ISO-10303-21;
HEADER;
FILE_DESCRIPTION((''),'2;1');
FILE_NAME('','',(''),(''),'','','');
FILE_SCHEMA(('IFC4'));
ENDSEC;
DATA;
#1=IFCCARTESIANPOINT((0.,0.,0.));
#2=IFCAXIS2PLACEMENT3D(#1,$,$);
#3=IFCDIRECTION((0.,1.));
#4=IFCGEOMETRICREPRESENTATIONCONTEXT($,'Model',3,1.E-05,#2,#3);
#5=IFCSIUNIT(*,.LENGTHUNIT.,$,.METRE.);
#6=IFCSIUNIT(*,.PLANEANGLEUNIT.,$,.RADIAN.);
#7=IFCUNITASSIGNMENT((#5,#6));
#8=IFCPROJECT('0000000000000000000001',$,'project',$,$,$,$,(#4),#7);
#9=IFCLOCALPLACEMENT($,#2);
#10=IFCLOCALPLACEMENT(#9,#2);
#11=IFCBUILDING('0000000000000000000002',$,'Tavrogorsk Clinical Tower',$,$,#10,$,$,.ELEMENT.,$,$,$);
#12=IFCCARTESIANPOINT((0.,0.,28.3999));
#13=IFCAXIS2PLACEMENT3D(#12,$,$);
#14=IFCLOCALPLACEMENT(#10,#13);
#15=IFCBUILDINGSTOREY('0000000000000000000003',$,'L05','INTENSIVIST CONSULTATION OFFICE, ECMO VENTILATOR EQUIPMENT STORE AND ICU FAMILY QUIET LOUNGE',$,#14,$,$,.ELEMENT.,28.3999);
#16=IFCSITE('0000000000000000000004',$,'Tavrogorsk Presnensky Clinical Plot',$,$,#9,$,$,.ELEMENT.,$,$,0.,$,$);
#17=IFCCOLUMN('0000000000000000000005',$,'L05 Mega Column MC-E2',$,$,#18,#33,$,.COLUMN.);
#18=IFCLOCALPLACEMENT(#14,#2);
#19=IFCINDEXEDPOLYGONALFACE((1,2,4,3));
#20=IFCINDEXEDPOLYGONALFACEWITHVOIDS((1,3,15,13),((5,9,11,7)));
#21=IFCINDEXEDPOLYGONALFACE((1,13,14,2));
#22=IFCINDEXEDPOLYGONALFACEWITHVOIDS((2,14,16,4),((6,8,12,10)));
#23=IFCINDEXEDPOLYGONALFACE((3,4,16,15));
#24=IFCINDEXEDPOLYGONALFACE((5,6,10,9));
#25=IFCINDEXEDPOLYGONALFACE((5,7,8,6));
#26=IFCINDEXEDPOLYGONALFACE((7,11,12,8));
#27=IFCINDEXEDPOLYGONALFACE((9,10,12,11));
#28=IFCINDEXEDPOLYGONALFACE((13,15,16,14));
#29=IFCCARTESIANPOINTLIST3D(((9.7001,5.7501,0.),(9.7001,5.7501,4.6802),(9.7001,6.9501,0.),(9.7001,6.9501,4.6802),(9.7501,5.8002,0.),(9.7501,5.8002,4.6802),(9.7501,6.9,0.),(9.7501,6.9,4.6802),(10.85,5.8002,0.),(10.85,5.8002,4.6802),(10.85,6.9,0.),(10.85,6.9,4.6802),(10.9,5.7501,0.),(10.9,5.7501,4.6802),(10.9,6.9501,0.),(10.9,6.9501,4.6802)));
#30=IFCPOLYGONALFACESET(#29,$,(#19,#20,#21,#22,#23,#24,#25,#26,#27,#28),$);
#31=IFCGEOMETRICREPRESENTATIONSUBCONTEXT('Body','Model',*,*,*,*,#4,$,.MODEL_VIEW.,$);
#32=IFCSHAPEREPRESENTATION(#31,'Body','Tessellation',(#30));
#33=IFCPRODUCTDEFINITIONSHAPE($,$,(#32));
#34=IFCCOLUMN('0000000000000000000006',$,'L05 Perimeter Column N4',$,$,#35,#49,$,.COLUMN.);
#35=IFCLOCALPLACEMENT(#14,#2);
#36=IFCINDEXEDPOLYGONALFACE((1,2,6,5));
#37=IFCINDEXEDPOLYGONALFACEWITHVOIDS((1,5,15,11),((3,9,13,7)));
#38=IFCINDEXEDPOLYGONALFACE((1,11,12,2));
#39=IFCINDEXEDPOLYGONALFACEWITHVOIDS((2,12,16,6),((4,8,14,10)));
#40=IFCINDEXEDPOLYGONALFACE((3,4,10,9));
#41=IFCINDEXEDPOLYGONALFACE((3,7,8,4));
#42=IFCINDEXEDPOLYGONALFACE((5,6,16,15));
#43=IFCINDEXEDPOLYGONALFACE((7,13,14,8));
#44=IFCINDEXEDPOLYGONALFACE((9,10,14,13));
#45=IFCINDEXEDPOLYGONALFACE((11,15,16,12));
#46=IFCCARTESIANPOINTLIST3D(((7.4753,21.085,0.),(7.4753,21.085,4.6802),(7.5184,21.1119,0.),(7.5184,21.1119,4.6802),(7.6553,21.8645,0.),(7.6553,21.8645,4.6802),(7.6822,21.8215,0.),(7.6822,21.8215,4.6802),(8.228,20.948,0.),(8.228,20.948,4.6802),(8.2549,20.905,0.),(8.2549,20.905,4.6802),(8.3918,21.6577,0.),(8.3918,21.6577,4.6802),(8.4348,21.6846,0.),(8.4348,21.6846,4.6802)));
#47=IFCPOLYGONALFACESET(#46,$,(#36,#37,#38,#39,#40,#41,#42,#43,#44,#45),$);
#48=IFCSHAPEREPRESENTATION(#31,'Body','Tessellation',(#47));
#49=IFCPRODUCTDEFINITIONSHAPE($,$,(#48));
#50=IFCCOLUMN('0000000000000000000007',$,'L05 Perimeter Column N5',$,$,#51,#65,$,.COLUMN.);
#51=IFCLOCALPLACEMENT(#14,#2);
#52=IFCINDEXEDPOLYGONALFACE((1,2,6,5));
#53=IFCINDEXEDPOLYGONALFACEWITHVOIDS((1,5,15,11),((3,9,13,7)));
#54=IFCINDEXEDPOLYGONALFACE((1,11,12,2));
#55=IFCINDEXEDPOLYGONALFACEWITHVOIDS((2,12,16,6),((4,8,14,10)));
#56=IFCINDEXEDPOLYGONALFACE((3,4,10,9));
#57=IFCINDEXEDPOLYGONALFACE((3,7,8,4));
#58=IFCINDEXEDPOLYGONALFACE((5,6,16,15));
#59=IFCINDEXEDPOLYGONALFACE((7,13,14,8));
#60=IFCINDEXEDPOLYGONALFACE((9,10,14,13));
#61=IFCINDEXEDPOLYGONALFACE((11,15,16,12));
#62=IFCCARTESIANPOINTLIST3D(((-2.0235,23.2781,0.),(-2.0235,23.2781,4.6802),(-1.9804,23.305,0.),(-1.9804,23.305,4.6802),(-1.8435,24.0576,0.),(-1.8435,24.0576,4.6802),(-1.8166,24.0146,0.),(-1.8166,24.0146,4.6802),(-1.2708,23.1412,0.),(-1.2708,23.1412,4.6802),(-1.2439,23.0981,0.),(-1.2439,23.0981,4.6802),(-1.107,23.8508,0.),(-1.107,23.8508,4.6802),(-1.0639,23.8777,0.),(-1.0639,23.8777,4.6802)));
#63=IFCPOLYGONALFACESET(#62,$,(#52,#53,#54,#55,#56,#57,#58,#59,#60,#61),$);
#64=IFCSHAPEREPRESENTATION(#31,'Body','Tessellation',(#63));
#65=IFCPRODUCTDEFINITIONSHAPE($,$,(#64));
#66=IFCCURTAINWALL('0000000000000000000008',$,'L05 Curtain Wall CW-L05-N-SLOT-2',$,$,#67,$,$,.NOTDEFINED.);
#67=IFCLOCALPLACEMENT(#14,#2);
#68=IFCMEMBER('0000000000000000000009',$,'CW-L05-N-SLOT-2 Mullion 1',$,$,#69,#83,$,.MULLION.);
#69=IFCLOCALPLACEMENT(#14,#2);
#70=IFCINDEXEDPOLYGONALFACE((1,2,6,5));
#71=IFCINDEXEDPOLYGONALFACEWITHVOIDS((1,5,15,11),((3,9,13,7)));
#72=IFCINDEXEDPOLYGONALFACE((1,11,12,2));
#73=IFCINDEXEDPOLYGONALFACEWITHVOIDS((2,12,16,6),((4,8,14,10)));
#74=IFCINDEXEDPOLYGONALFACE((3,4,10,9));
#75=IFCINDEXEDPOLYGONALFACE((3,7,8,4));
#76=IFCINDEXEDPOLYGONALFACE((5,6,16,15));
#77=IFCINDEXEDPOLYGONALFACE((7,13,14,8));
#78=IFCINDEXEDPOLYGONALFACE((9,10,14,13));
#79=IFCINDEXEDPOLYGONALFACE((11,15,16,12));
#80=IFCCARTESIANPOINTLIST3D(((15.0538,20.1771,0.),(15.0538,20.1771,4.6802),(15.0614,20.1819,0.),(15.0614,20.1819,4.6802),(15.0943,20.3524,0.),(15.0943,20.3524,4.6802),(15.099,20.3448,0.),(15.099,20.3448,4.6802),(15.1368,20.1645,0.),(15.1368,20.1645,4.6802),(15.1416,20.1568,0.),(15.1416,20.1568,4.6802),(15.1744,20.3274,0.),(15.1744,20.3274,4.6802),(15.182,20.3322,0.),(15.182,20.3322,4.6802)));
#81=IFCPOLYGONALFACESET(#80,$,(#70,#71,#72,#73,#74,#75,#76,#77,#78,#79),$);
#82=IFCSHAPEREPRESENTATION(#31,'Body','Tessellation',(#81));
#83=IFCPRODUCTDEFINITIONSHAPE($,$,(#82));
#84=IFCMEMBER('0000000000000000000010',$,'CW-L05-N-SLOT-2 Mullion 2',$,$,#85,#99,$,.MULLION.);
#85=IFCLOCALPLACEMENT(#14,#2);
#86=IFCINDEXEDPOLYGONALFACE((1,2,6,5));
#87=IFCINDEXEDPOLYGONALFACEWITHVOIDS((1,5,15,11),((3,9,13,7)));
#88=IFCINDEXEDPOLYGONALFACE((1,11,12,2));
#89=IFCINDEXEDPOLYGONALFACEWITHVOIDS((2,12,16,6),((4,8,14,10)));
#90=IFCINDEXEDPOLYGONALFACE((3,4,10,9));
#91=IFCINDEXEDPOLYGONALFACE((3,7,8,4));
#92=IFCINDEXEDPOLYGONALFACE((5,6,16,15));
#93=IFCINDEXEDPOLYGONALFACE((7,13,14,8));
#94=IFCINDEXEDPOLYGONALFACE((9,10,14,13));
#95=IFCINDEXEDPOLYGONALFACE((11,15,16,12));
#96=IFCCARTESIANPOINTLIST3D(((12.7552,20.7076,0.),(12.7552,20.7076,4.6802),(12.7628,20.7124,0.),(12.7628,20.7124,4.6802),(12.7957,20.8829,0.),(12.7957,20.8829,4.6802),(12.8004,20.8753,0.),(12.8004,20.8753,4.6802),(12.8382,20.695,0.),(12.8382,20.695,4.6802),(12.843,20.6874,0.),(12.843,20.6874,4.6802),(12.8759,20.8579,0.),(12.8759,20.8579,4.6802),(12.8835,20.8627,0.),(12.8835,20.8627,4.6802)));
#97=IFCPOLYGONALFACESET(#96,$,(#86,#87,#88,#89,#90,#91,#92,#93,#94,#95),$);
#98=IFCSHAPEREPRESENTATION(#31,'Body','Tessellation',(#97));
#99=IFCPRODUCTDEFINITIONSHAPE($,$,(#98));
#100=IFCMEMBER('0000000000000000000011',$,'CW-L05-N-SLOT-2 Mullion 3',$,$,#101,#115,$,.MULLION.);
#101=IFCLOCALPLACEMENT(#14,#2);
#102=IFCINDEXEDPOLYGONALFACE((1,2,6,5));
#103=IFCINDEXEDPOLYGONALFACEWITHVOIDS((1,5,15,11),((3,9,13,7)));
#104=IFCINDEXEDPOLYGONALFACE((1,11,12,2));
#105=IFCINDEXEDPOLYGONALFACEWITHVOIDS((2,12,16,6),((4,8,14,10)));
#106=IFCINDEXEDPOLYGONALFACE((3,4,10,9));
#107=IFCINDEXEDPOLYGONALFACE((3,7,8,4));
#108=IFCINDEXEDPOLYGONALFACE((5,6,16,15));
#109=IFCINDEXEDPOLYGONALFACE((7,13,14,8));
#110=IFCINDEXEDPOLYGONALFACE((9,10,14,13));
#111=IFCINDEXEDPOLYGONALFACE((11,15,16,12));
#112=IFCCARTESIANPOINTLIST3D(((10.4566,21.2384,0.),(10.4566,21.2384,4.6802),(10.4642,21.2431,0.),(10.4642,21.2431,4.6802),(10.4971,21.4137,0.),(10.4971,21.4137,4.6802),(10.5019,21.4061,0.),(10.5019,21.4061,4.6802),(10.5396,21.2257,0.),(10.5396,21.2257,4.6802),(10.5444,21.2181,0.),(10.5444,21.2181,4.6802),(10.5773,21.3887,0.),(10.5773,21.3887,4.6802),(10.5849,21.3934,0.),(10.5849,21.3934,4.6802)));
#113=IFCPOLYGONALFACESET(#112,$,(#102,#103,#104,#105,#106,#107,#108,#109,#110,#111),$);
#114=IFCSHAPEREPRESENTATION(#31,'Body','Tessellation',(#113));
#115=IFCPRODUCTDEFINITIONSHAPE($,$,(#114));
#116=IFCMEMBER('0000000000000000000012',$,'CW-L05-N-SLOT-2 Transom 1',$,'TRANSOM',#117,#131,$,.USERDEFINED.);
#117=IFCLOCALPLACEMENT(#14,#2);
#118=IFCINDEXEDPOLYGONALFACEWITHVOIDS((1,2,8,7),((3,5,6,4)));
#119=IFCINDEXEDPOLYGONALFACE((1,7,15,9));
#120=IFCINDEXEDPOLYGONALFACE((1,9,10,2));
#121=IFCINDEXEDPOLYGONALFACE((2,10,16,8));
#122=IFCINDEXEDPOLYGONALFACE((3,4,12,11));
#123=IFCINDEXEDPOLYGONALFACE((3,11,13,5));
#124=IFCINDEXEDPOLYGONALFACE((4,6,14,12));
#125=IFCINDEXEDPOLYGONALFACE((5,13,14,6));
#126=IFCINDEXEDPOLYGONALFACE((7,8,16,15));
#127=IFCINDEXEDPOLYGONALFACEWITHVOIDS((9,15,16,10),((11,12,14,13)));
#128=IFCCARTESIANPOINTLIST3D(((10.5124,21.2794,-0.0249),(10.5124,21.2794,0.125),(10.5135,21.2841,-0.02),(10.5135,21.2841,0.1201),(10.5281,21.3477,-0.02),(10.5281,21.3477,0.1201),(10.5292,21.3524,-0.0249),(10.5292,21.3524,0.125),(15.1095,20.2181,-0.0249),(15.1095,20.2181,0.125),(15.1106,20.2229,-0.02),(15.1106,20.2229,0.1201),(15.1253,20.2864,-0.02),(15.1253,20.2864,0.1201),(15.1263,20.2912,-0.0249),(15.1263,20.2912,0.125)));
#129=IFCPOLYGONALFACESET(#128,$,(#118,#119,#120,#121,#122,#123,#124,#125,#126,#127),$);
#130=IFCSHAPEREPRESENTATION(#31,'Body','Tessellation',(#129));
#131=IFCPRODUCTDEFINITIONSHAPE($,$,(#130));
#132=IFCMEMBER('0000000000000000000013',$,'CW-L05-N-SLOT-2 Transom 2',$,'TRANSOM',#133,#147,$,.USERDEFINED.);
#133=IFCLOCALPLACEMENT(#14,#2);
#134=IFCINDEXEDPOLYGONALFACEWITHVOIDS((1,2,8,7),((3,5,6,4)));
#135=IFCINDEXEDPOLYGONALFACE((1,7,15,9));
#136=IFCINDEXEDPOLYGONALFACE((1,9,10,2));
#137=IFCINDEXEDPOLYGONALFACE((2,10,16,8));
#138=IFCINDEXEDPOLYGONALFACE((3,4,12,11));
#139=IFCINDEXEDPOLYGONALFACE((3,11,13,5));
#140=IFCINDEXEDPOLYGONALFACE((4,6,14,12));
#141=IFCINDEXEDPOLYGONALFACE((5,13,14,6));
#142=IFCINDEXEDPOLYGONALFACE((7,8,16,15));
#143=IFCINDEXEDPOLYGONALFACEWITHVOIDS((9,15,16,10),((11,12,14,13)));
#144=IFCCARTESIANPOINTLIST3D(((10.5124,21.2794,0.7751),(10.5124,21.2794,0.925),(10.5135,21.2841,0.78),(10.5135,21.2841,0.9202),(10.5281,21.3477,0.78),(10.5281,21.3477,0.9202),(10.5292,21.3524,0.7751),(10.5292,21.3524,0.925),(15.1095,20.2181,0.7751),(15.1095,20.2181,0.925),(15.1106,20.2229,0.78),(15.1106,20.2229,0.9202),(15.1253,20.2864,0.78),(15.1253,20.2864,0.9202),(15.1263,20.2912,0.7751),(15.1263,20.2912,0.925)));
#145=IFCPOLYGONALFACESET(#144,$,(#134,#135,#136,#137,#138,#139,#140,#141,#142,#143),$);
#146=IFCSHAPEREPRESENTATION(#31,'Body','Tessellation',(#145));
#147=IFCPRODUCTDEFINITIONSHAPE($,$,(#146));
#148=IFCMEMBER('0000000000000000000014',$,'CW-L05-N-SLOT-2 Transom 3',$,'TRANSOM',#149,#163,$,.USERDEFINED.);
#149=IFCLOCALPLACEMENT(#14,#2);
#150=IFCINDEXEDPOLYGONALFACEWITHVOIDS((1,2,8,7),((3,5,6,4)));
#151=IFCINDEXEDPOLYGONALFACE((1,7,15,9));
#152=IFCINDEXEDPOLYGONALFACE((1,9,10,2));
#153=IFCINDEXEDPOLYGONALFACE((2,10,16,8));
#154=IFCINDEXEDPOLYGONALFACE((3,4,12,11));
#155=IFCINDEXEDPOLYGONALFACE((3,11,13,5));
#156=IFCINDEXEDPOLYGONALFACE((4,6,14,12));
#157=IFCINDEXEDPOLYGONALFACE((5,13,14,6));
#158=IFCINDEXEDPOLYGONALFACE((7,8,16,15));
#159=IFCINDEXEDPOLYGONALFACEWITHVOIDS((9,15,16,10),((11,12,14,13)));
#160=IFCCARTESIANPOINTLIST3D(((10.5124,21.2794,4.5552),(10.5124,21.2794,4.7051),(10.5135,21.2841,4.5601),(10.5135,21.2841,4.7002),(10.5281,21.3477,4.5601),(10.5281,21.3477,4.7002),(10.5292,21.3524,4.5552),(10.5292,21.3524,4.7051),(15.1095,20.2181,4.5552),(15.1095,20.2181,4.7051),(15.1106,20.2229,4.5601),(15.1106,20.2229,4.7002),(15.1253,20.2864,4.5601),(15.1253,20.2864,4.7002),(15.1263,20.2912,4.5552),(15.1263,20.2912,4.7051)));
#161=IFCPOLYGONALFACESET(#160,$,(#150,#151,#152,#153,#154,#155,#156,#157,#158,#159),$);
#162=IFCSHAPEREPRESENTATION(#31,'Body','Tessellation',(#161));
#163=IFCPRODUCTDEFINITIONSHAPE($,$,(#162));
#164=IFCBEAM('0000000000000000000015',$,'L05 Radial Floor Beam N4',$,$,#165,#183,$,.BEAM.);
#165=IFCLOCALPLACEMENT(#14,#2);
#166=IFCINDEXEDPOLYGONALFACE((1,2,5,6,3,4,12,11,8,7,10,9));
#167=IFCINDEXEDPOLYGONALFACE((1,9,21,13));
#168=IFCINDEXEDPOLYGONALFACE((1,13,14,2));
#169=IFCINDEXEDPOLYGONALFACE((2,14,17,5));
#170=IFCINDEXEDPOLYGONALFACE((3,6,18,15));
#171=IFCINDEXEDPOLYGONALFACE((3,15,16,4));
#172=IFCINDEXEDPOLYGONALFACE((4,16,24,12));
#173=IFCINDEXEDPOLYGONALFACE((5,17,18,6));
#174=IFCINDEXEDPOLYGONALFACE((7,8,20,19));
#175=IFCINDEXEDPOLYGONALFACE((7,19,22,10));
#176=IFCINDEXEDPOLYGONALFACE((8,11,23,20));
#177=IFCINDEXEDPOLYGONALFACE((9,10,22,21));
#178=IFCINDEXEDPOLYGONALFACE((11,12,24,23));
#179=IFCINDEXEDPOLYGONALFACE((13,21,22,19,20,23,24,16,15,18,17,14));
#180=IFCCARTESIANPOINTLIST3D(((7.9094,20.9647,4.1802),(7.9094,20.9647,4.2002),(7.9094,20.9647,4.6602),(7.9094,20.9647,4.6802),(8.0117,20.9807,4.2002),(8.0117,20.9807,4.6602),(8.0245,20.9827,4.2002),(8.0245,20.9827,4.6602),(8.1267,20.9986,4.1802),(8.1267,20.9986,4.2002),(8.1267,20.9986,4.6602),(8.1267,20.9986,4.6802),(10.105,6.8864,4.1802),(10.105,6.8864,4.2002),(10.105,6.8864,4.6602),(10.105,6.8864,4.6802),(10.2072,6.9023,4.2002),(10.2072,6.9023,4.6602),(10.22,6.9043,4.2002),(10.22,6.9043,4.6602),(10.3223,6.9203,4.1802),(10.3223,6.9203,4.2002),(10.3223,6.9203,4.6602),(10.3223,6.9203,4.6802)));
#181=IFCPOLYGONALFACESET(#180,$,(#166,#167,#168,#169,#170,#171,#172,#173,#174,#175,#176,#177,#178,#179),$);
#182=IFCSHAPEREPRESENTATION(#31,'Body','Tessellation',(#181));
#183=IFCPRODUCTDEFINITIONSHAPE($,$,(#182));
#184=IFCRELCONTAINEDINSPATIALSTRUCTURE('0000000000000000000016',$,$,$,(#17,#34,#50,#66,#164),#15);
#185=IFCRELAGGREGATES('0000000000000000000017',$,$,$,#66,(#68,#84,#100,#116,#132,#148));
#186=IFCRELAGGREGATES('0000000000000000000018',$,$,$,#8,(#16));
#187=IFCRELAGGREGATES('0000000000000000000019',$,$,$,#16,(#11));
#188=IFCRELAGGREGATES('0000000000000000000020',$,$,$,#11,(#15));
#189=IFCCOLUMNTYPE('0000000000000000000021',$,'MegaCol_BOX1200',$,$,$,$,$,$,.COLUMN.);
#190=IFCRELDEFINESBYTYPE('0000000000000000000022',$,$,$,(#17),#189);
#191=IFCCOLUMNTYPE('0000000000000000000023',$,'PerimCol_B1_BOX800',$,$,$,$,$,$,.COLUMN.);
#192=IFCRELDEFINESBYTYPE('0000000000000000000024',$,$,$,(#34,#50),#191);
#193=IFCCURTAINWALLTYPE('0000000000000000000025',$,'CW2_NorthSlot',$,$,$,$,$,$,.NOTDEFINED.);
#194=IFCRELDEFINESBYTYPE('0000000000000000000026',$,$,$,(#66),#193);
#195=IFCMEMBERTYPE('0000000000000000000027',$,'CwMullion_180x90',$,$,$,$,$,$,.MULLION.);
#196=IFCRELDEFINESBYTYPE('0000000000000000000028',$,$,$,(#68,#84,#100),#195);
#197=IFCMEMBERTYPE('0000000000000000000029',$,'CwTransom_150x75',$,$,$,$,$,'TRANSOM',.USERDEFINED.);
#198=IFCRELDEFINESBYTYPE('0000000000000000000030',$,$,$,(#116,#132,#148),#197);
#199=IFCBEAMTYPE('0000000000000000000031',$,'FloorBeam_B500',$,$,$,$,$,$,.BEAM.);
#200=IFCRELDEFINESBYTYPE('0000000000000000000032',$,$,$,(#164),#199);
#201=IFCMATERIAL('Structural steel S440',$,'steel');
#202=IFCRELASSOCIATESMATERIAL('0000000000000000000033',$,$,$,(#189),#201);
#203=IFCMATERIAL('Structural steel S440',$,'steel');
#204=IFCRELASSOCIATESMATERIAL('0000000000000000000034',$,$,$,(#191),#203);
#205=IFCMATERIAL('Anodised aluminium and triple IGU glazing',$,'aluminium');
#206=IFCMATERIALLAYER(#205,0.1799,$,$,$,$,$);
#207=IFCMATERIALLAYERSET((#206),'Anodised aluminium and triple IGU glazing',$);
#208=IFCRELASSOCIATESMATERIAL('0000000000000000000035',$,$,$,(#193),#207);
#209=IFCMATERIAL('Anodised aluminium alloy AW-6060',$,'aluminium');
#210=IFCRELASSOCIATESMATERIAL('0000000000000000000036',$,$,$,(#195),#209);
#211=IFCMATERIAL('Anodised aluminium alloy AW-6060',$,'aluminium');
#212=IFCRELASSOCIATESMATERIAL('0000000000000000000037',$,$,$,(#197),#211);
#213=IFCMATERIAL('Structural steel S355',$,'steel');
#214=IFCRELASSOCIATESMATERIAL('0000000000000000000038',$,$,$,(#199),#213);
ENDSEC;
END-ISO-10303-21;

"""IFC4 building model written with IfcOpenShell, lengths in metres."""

from ifc_helpers import new_model, si_unit, direction, frame, origin, origin_2d, place, context, subcontext, project, spatial, hollow_rectangle, i_section, extrude, material, layer, layer_set, material_profile, profile_set, type_object, element, aggregate, save


model = new_model("IFC4")

# Units and contexts
model_context = context("Model", 3, precision=1e-05, world=origin(), true_north=direction((0.0, 1.0)))
body_context = subcontext(model_context, "Body", "Model", "MODEL_VIEW")
ifc_project = project(units=[si_unit("LENGTHUNIT", "METRE"), si_unit("PLANEANGLEUNIT", "RADIAN")], contexts=[model_context])

# Site, building, storey
site_placement = place(None, origin())
site = spatial("IfcSite", under=ifc_project, at=site_placement, Name="Tavrogorsk Presnensky Clinical Plot", CompositionType="ELEMENT", RefElevation=0.0)
building_placement = place(site_placement, origin())
building = spatial("IfcBuilding", under=site, at=building_placement, Name="Tavrogorsk Clinical Tower", CompositionType="ELEMENT")
storey_placement = place(building_placement, frame((0.0, 0.0, 28.3999)))
storey = spatial("IfcBuildingStorey", under=building, at=storey_placement, Name="L05", Description="INTENSIVIST CONSULTATION OFFICE, ECMO VENTILATOR EQUIPMENT STORE AND ICU FAMILY QUIET LOUNGE", CompositionType="ELEMENT", Elevation=28.3999)

# Columns
ifc_material_1 = material(Name="Structural steel S440", Category="steel")
ifc_material_profile_1 = material_profile(ifc_material_1, hollow_rectangle(XDim=1.2, YDim=1.2, WallThickness=0.05, at=origin_2d()), Name="BOX-1200x1200x50")
ifc_profile_set_1 = profile_set([ifc_material_profile_1], Name="Structural steel S440")
column_type_1 = type_object("IfcColumnType", Name="MegaCol_BOX1200", PredefinedType="COLUMN", material=ifc_profile_set_1)
column_placement = place(storey_placement, frame((10.3, 6.3501, 0.0), z_axis=(0.0, 0.0, 1.0), x_axis=(1.0, 0.0, 0.0)))
element("IfcColumn", 1, at=column_placement, inside=storey, type_object=column_type_1, Name="L05 Mega Column MC-E2", PredefinedType="COLUMN", context=body_context, shape_type="SweptSolid", body=[
    extrude(hollow_rectangle(XDim=1.2, YDim=1.2, WallThickness=0.05, at=origin_2d()), origin(), (0.0, 0.0, 1.0), 4.6802),
])
ifc_material_2 = material(Name="Structural steel S440", Category="steel")
ifc_material_profile_2 = material_profile(ifc_material_2, hollow_rectangle(XDim=0.8, YDim=0.8, WallThickness=0.0359, at=origin_2d()), Name="BOX-800x800x36")
ifc_profile_set_2 = profile_set([ifc_material_profile_2], Name="Structural steel S440")
column_type_2 = type_object("IfcColumnType", Name="PerimCol_B1_BOX800", PredefinedType="COLUMN", material=ifc_profile_set_2)
for number, where, z_axis, x_axis, name in (
    (2, (7.9551, 21.3848, 0.0), (0.0, 0.0, 1.0), (0.97437, -0.224951, 0.0), "L05 Perimeter Column N4"),
    (3, (-1.5437, 23.5779, 0.0), (0.0, 0.0, 1.0), (0.97437, -0.224951, 0.0), "L05 Perimeter Column N5"),
):
    element("IfcColumn", number, at=place(storey_placement, frame(where, z_axis=z_axis, x_axis=x_axis)), inside=storey, type_object=column_type_2, Name=name, PredefinedType="COLUMN", context=body_context, shape_type="SweptSolid", body=[
        extrude(hollow_rectangle(XDim=0.8, YDim=0.8, WallThickness=0.0359, at=origin_2d()), origin(), (0.0, 0.0, 1.0), 4.6802),
    ])

# Curtain wall, members
ifc_material_3 = material(Name="Anodised aluminium and triple IGU glazing", Category="aluminium")
ifc_layer_1 = layer(ifc_material_3, 0.1799)
ifc_layer_set_1 = layer_set([ifc_layer_1], Name="Anodised aluminium and triple IGU glazing")
curtain_wall_type = type_object("IfcCurtainWallType", Name="CW2_NorthSlot", PredefinedType="NOTDEFINED", material=ifc_layer_set_1)
curtain_wall_placement = place(storey_placement, origin())
curtain_wall = element("IfcCurtainWall", 4, at=curtain_wall_placement, inside=storey, type_object=curtain_wall_type, Name="L05 Curtain Wall CW-L05-N-SLOT-2", PredefinedType="NOTDEFINED")
ifc_material_4 = material(Name="Anodised aluminium alloy AW-6060", Category="aluminium")
ifc_material_profile_3 = material_profile(ifc_material_4, hollow_rectangle(XDim=0.0901, YDim=0.1799, WallThickness=0.0063, at=origin_2d()), Name="RHS-180x90x6.3")
ifc_profile_set_3 = profile_set([ifc_material_profile_3], Name="Anodised aluminium alloy AW-6060")
member_type_1 = type_object("IfcMemberType", Name="CwMullion_180x90", PredefinedType="MULLION", material=ifc_profile_set_3)
member_1_placement = place(storey_placement, frame((15.1179, 20.2546, 0.0), z_axis=(0.0, 0.0, 1.0), x_axis=(-0.97437, 0.224951, 0.0)))
member_1 = element("IfcMember", 5, at=member_1_placement, type_object=member_type_1, Name="CW-L05-N-SLOT-2 Mullion 1", PredefinedType="MULLION", context=body_context, shape_type="SweptSolid", body=[
    extrude(hollow_rectangle(XDim=0.0901, YDim=0.1799, WallThickness=0.0063, at=origin_2d()), origin(), (0.0, 0.0, 1.0), 4.6802),
])
member_2_placement = place(storey_placement, frame((12.8193, 20.7852, 0.0), z_axis=(0.0, 0.0, 1.0), x_axis=(-0.97437, 0.224951, 0.0)))
member_2 = element("IfcMember", 6, at=member_2_placement, type_object=member_type_1, Name="CW-L05-N-SLOT-2 Mullion 2", PredefinedType="MULLION", context=body_context, shape_type="SweptSolid", body=[
    extrude(hollow_rectangle(XDim=0.0901, YDim=0.1799, WallThickness=0.0063, at=origin_2d()), origin(), (0.0, 0.0, 1.0), 4.6802),
])
member_3_placement = place(storey_placement, frame((10.5208, 21.3159, 0.0), z_axis=(0.0, 0.0, 1.0), x_axis=(-0.97437, 0.224951, 0.0)))
member_3 = element("IfcMember", 7, at=member_3_placement, type_object=member_type_1, Name="CW-L05-N-SLOT-2 Mullion 3", PredefinedType="MULLION", context=body_context, shape_type="SweptSolid", body=[
    extrude(hollow_rectangle(XDim=0.0901, YDim=0.1799, WallThickness=0.0063, at=origin_2d()), origin(), (0.0, 0.0, 1.0), 4.6802),
])
ifc_material_5 = material(Name="Anodised aluminium alloy AW-6060", Category="aluminium")
ifc_material_profile_4 = material_profile(ifc_material_5, hollow_rectangle(XDim=0.075, YDim=0.1499, WallThickness=0.0049, at=origin_2d()), Name="RHS-150x75x5")
ifc_profile_set_4 = profile_set([ifc_material_profile_4], Name="Anodised aluminium alloy AW-6060")
member_type_2 = type_object("IfcMemberType", Name="CwTransom_150x75", ElementType="TRANSOM", PredefinedType="USERDEFINED", material=ifc_profile_set_4)
member_4_placement = place(storey_placement, frame((15.1179, 20.2546, 0.05), z_axis=(-0.974373, 0.224939, 0.0), x_axis=(-0.224939, -0.974373, 0.0)))
member_4 = element("IfcMember", 8, at=member_4_placement, type_object=member_type_2, Name="CW-L05-N-SLOT-2 Transom 1", ObjectType="TRANSOM", PredefinedType="USERDEFINED", context=body_context, shape_type="SweptSolid", body=[
    extrude(hollow_rectangle(XDim=0.075, YDim=0.1499, WallThickness=0.0049, at=origin_2d()), origin(), (0.0, 0.0, 1.0), 4.718),
])
member_5_placement = place(storey_placement, frame((15.1179, 20.2546, 0.8501), z_axis=(-0.974373, 0.224939, 0.0), x_axis=(-0.224939, -0.974373, 0.0)))
member_5 = element("IfcMember", 9, at=member_5_placement, type_object=member_type_2, Name="CW-L05-N-SLOT-2 Transom 2", ObjectType="TRANSOM", PredefinedType="USERDEFINED", context=body_context, shape_type="SweptSolid", body=[
    extrude(hollow_rectangle(XDim=0.075, YDim=0.1499, WallThickness=0.0049, at=origin_2d()), origin(), (0.0, 0.0, 1.0), 4.718),
])
member_6_placement = place(storey_placement, frame((15.1179, 20.2546, 4.6301), z_axis=(-0.974373, 0.224939, 0.0), x_axis=(-0.224939, -0.974373, 0.0)))
member_6 = element("IfcMember", 10, at=member_6_placement, type_object=member_type_2, Name="CW-L05-N-SLOT-2 Transom 3", ObjectType="TRANSOM", PredefinedType="USERDEFINED", context=body_context, shape_type="SweptSolid", body=[
    extrude(hollow_rectangle(XDim=0.075, YDim=0.1499, WallThickness=0.0049, at=origin_2d()), origin(), (0.0, 0.0, 1.0), 4.718),
])

# Beam
ifc_material_6 = material(Name="Structural steel S355", Category="steel")
ifc_material_profile_5 = material_profile(ifc_material_6, i_section(OverallWidth=0.22, OverallDepth=0.5, WebThickness=0.0129, FlangeThickness=0.02, at=origin_2d()), Name="B-500x220x13x20")
ifc_profile_set_5 = profile_set([ifc_material_profile_5], Name="Structural steel S355")
beam_type_1 = type_object("IfcBeamType", Name="FloorBeam_B500", PredefinedType="BEAM", material=ifc_profile_set_5)
beam_placement = place(storey_placement, frame((10.2136, 6.9033, 4.4302), z_axis=(-0.15409, 0.988057, 0.0), x_axis=(-0.988057, -0.15409, 0.0)))
element("IfcBeam", 11, at=beam_placement, inside=storey, type_object=beam_type_1, Name="L05 Radial Floor Beam N4", PredefinedType="BEAM", context=body_context, shape_type="SweptSolid", body=[
    extrude(i_section(OverallWidth=0.22, OverallDepth=0.5, WebThickness=0.0129, FlangeThickness=0.02, at=origin_2d()), origin(), (0.0, 0.0, 1.0), 14.2485),
])

aggregate(curtain_wall, [member_1, member_2, member_3, member_4, member_5, member_6])

save(model, "model.ifc")
